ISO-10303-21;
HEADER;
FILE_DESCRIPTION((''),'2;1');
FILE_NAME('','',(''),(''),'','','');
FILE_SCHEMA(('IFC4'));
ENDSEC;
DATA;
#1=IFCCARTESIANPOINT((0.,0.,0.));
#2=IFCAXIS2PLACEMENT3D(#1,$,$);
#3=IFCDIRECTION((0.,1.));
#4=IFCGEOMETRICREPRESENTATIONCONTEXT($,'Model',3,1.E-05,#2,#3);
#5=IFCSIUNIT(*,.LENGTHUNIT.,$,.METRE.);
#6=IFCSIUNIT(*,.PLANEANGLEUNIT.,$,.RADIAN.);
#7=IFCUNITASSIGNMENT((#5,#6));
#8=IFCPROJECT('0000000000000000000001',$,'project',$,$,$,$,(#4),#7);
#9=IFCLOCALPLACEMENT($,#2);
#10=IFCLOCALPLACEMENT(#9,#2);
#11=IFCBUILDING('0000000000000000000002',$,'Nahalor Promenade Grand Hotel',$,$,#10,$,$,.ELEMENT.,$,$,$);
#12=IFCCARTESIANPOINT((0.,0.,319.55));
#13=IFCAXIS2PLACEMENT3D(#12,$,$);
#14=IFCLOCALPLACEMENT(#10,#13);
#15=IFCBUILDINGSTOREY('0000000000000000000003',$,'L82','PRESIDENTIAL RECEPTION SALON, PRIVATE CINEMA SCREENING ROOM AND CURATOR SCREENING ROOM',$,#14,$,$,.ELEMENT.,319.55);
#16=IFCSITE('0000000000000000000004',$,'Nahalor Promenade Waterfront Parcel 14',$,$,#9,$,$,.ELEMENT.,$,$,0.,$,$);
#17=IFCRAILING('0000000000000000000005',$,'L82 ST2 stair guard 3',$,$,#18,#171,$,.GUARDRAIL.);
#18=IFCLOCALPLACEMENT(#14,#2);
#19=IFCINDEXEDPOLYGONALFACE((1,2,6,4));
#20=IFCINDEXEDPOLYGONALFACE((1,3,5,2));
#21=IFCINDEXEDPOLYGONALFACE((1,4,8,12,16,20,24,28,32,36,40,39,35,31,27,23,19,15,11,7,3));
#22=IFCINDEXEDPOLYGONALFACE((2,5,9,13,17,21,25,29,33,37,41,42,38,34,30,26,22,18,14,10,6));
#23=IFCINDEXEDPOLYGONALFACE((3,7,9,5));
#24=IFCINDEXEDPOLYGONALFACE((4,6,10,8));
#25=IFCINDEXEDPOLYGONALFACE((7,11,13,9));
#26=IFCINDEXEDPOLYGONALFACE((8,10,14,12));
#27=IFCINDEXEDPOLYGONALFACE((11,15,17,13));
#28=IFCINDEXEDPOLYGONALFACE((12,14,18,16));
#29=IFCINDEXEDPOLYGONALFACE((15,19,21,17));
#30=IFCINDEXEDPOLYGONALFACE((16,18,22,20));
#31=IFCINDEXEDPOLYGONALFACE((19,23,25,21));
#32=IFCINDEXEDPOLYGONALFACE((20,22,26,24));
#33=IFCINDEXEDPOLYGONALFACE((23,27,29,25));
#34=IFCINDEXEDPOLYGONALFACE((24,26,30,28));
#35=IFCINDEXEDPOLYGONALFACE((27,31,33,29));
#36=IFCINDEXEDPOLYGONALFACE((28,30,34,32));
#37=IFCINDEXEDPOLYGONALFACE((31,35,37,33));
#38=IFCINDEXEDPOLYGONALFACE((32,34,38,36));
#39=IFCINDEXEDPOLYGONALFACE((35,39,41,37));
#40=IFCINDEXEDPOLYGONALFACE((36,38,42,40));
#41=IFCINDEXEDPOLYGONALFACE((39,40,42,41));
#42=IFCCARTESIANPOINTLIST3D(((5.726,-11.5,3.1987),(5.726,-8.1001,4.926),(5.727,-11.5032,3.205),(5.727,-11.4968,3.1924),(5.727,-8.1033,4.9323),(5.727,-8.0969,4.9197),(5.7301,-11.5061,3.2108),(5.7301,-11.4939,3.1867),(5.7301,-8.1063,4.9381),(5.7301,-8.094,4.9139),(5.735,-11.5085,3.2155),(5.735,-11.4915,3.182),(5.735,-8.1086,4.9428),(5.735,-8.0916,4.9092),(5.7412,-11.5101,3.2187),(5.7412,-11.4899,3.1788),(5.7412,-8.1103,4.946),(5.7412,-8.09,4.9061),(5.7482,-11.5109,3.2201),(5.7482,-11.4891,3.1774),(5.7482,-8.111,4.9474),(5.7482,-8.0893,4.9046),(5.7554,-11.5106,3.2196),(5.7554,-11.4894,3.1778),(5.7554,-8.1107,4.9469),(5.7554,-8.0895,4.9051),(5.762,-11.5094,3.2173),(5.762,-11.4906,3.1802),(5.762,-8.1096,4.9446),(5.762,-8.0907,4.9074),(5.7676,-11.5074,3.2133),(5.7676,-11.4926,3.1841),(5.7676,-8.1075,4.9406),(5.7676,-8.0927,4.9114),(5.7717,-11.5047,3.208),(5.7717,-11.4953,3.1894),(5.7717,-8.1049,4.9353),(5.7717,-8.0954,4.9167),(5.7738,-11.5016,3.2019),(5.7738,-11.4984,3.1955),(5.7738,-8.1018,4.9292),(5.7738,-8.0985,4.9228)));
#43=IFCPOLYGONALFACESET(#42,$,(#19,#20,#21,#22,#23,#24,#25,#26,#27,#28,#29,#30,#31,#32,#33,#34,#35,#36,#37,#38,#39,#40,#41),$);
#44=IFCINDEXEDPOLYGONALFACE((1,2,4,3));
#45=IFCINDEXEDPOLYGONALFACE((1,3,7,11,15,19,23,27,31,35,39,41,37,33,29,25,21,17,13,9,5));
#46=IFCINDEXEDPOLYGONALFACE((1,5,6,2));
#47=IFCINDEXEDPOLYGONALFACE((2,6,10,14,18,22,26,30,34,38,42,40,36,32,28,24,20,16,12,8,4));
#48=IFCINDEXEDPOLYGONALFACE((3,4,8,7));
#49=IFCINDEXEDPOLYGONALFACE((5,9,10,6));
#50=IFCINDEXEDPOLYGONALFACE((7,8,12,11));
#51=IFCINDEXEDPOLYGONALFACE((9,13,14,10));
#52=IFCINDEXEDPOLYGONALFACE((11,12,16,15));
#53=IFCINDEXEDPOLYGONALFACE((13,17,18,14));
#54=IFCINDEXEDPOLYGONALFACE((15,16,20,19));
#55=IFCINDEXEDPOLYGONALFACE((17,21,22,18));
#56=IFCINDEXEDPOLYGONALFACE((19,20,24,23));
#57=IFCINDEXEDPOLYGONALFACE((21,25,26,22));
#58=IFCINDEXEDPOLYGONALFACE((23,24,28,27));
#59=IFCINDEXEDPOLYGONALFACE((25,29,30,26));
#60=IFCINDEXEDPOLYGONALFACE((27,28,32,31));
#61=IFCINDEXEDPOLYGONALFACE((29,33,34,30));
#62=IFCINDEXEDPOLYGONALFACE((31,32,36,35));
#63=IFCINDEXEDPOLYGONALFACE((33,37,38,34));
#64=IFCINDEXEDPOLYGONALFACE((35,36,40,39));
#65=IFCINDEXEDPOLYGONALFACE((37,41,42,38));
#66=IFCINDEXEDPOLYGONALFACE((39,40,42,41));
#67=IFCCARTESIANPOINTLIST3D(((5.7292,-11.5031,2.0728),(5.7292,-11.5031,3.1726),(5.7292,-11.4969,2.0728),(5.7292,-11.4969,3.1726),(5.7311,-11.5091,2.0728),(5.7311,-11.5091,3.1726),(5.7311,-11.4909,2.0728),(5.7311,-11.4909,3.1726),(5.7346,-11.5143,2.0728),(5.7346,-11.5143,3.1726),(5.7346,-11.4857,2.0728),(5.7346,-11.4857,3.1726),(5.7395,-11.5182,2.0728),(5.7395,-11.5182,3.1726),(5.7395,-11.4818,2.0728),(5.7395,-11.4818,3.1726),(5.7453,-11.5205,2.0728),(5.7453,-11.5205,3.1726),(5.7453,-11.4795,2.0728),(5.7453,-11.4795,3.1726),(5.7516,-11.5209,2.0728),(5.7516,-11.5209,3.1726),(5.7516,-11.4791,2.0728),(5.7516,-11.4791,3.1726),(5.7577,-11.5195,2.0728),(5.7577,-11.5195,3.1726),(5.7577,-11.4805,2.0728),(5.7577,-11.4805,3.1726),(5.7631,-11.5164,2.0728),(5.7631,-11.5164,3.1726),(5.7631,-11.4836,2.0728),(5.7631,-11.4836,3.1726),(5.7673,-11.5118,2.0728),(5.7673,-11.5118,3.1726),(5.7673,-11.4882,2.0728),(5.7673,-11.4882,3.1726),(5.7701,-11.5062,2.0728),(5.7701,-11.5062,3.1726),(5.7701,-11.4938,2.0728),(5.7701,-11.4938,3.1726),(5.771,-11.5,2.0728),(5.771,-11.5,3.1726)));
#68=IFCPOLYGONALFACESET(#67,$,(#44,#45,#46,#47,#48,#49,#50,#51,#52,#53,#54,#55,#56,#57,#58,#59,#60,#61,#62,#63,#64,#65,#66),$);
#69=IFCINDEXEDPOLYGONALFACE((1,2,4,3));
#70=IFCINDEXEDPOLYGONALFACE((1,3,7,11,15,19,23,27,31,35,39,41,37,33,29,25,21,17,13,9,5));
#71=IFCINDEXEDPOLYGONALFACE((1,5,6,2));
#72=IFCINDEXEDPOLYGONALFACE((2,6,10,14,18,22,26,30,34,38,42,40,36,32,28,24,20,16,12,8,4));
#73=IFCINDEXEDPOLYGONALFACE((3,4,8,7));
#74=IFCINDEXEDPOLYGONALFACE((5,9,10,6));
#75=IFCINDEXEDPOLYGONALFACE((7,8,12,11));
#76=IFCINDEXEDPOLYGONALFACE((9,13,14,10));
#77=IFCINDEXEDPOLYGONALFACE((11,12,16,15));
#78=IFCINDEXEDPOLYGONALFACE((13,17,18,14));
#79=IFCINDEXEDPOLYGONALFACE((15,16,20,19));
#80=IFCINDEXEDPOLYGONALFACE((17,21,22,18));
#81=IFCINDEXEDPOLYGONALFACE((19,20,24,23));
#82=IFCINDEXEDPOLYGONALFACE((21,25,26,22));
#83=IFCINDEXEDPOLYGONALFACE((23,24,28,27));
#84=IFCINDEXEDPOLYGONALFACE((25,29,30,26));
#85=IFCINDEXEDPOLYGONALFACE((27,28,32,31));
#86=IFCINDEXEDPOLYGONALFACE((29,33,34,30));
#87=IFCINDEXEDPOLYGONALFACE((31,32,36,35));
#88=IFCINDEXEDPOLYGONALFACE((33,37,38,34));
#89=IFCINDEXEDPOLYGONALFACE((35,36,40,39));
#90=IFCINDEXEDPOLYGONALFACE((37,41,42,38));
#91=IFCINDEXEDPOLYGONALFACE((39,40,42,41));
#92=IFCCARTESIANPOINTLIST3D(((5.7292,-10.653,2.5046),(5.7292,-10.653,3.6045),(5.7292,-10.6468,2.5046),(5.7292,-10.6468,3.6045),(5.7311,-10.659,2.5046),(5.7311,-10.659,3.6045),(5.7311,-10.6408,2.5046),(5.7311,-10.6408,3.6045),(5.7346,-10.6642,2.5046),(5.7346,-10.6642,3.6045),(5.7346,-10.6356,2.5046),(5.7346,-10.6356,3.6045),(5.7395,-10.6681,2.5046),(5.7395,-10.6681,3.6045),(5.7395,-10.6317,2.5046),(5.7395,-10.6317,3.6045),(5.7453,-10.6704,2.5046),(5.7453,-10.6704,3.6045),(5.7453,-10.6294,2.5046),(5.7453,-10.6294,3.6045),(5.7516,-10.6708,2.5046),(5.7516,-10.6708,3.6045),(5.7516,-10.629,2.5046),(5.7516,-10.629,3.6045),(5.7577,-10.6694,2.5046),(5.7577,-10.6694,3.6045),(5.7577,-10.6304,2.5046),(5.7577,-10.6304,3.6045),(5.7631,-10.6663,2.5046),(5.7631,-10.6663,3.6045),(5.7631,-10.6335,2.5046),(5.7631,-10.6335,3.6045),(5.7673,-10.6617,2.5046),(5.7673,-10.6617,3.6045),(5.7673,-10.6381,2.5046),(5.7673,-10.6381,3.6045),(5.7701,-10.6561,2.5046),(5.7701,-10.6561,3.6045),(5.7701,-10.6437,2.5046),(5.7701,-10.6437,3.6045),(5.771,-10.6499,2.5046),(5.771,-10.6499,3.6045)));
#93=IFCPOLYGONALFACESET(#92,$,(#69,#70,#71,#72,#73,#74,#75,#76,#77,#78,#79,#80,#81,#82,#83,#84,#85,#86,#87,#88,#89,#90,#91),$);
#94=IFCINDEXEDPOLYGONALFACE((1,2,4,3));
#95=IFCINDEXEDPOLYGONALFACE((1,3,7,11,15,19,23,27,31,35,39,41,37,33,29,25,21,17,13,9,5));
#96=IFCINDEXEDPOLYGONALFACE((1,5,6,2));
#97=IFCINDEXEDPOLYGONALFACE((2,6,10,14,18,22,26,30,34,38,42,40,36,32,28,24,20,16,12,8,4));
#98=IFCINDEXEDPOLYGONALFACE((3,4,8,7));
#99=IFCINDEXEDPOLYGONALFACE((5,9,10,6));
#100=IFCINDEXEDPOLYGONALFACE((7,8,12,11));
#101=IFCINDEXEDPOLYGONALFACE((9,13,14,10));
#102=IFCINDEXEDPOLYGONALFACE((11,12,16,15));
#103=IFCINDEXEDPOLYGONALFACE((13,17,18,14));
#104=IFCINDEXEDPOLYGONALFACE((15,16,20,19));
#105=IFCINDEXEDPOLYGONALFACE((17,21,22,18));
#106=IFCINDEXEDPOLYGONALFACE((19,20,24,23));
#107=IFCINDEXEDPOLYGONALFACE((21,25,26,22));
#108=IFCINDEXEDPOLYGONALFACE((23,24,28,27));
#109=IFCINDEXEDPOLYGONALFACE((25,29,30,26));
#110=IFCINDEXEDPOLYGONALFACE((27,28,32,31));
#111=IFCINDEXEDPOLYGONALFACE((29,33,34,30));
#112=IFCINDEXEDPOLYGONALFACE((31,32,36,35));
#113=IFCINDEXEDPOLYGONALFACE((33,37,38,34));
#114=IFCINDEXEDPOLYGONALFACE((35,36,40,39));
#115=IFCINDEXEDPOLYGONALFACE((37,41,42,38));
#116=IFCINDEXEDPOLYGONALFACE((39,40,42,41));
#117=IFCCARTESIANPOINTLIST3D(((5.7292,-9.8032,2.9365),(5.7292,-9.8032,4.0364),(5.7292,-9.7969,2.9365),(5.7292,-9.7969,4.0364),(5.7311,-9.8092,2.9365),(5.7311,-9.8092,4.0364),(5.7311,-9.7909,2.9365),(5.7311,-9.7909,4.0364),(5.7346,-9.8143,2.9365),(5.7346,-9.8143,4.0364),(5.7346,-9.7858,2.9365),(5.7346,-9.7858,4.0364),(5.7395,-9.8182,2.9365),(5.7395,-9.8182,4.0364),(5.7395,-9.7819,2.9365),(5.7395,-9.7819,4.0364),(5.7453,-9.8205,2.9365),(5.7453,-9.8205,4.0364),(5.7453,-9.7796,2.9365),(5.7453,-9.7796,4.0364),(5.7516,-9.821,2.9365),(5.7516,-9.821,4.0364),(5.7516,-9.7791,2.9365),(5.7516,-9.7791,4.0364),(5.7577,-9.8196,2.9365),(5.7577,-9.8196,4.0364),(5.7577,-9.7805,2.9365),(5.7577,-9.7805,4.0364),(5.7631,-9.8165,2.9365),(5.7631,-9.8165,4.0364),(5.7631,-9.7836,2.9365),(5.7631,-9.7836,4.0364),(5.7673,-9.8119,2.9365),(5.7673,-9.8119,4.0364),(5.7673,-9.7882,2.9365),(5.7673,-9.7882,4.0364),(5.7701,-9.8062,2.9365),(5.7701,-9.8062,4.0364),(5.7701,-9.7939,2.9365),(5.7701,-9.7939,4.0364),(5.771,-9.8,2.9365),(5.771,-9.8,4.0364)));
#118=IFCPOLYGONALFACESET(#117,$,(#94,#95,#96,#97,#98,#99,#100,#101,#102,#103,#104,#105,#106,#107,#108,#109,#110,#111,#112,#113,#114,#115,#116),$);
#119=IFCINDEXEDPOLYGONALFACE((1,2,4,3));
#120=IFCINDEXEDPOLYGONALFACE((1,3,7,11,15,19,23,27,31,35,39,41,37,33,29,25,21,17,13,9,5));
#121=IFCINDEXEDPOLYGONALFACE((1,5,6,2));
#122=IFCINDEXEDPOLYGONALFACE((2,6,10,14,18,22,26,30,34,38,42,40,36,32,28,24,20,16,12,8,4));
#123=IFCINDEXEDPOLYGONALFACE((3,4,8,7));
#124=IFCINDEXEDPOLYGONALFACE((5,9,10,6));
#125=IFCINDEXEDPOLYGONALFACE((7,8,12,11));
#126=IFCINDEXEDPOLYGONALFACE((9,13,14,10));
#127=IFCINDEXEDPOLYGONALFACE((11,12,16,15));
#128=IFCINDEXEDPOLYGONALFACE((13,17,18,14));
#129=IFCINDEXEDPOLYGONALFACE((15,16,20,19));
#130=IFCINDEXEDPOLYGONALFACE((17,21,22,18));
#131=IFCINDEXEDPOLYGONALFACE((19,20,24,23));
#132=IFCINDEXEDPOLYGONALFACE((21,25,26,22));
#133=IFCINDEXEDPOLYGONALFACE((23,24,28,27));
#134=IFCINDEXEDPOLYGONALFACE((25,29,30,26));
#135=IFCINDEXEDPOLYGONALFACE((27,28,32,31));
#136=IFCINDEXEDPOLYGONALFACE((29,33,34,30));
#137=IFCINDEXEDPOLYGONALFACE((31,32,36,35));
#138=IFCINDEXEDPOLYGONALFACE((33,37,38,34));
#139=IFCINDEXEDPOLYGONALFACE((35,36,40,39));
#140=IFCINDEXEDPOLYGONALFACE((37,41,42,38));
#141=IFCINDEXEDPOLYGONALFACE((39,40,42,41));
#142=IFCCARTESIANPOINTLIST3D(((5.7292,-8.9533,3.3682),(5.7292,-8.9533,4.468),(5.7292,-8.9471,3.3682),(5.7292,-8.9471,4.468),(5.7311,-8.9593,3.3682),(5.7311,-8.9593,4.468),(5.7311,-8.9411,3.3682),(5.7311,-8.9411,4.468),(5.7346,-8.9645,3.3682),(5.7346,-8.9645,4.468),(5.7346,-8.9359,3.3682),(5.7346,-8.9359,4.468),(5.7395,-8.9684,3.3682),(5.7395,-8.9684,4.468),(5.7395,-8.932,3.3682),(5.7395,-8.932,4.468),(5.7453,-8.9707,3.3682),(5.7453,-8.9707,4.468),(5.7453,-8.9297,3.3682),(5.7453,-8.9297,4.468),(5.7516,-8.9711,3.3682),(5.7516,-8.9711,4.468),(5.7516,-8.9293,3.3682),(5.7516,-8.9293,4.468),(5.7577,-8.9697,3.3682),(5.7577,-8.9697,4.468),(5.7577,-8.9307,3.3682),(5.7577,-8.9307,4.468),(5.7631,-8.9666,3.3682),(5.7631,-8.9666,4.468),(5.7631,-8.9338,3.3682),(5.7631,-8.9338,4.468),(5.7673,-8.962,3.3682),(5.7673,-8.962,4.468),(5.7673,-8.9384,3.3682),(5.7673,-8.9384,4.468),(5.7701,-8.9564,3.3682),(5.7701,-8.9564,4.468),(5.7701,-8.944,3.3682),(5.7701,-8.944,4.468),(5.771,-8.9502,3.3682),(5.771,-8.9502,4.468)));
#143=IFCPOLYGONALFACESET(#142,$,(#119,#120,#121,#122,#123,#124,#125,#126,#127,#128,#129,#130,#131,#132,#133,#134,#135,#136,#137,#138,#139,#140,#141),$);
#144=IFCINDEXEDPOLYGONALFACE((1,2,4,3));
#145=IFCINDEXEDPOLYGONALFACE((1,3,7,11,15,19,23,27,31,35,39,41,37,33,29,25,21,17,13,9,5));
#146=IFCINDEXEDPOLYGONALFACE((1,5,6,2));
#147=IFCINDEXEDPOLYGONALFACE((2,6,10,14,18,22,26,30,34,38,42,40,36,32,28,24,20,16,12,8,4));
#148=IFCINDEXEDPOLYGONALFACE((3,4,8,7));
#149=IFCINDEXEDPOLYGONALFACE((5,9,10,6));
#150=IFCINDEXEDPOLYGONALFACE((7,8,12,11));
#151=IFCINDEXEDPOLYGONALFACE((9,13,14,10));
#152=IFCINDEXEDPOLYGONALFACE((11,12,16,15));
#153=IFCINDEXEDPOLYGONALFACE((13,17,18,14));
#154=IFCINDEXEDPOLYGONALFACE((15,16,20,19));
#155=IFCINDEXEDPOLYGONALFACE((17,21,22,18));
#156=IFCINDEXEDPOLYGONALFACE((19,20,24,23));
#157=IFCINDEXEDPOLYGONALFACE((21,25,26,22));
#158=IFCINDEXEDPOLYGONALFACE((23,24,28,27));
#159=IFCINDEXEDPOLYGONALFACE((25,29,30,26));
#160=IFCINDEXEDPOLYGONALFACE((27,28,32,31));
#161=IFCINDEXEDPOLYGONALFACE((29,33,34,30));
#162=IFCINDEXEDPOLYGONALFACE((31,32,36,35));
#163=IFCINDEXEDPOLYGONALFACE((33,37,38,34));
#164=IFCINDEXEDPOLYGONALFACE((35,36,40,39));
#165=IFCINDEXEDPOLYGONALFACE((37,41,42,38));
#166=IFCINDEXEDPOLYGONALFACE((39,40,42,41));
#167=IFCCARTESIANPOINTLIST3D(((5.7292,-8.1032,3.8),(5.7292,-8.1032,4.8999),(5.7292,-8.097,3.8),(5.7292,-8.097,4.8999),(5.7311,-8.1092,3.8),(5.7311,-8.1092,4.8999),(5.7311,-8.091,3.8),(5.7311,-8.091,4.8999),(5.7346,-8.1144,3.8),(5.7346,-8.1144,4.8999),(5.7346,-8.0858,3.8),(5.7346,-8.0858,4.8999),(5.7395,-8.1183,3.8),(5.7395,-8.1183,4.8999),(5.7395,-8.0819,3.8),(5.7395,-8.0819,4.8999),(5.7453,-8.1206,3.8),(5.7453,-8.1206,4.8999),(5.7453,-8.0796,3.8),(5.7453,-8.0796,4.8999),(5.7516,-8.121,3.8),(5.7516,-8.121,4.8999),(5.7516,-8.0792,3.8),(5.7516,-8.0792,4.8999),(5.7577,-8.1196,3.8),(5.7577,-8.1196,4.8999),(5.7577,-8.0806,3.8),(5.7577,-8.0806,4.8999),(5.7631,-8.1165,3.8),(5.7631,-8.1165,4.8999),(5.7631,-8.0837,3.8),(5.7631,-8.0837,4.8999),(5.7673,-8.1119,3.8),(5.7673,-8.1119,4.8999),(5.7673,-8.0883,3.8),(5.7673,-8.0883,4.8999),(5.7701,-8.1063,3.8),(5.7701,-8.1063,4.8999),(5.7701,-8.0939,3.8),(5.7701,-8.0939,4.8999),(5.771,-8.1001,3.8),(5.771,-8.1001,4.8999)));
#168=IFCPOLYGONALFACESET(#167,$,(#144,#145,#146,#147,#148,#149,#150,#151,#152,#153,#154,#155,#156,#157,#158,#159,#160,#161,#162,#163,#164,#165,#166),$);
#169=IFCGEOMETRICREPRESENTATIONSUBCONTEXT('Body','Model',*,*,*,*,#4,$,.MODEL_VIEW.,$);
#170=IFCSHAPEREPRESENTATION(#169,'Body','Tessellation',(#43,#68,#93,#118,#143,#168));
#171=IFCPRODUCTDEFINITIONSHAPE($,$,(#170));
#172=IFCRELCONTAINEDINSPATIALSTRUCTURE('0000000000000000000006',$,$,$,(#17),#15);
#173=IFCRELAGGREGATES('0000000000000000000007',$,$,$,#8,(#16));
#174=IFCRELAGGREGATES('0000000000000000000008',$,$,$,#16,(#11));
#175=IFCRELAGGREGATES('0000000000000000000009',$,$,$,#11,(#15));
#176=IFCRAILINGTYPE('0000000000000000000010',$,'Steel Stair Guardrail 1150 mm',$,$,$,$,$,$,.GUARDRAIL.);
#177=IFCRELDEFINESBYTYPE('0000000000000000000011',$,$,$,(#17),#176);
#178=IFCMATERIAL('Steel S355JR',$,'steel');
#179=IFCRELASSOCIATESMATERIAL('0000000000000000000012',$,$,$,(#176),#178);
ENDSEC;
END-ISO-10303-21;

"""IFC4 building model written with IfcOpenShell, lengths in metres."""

from ifc_helpers import new_model, si_unit, direction, frame, origin, origin_2d, place, context, subcontext, project, spatial, circle, extrude, material, type_object, element, save


model = new_model("IFC4")

# Units and contexts
model_context = context("Model", 3, precision=1e-05, world=origin(), true_north=direction((0.0, 1.0)))
body_context = subcontext(model_context, "Body", "Model", "MODEL_VIEW")
ifc_project = project(units=[si_unit("LENGTHUNIT", "METRE"), si_unit("PLANEANGLEUNIT", "RADIAN")], contexts=[model_context])

# Site, building, storey
site_placement = place(None, origin())
site = spatial("IfcSite", under=ifc_project, at=site_placement, Name="Nahalor Promenade Waterfront Parcel 14", CompositionType="ELEMENT", RefElevation=0.0)
building_placement = place(site_placement, origin())
building = spatial("IfcBuilding", under=site, at=building_placement, Name="Nahalor Promenade Grand Hotel", CompositionType="ELEMENT")
storey_placement = place(building_placement, frame((0.0, 0.0, 319.55)))
storey = spatial("IfcBuildingStorey", under=building, at=storey_placement, Name="L82", Description="PRESIDENTIAL RECEPTION SALON, PRIVATE CINEMA SCREENING ROOM AND CURATOR SCREENING ROOM", CompositionType="ELEMENT", Elevation=319.55)

# Shared definitions
ifc_material_1 = material(Name="Steel S355JR", Category="steel")

# Railing
railing_type_1 = type_object("IfcRailingType", Name="Steel Stair Guardrail 1150 mm", PredefinedType="GUARDRAIL", material=ifc_material_1)
railing_1_placement = place(storey_placement, frame((5.75, -11.5, 2.0728)))
element("IfcRailing", 1, at=railing_1_placement, inside=storey, type_object=railing_type_1, Name="L82 ST2 stair guard 3", PredefinedType="GUARDRAIL", context=body_context, shape_type="SweptSolid", body=[
    extrude(circle(Radius=0.024, at=origin_2d()), frame((0.0, 0.0, 1.126), z_axis=(0.0, 0.891541, 0.452941), x_axis=(-1.0, 0.0, 0.0)), (0.0, 0.0, 1.0), 3.8135),
    extrude(circle(Radius=0.021, at=origin_2d()), origin(), (0.0, 0.0, 1.0), 1.0999),
    extrude(circle(Radius=0.021, at=origin_2d()), frame((0.0, 0.8501, 0.4319)), (0.0, 0.0, 1.0), 1.0999),
    extrude(circle(Radius=0.021, at=origin_2d()), frame((0.0, 1.7, 0.8638)), (0.0, 0.0, 1.0), 1.0999),
    extrude(circle(Radius=0.021, at=origin_2d()), frame((0.0, 2.5498, 1.2954)), (0.0, 0.0, 1.0), 1.0999),
    extrude(circle(Radius=0.021, at=origin_2d()), frame((0.0, 3.3999, 1.7273)), (0.0, 0.0, 1.0), 1.0999),
])

save(model, "model.ifc")
